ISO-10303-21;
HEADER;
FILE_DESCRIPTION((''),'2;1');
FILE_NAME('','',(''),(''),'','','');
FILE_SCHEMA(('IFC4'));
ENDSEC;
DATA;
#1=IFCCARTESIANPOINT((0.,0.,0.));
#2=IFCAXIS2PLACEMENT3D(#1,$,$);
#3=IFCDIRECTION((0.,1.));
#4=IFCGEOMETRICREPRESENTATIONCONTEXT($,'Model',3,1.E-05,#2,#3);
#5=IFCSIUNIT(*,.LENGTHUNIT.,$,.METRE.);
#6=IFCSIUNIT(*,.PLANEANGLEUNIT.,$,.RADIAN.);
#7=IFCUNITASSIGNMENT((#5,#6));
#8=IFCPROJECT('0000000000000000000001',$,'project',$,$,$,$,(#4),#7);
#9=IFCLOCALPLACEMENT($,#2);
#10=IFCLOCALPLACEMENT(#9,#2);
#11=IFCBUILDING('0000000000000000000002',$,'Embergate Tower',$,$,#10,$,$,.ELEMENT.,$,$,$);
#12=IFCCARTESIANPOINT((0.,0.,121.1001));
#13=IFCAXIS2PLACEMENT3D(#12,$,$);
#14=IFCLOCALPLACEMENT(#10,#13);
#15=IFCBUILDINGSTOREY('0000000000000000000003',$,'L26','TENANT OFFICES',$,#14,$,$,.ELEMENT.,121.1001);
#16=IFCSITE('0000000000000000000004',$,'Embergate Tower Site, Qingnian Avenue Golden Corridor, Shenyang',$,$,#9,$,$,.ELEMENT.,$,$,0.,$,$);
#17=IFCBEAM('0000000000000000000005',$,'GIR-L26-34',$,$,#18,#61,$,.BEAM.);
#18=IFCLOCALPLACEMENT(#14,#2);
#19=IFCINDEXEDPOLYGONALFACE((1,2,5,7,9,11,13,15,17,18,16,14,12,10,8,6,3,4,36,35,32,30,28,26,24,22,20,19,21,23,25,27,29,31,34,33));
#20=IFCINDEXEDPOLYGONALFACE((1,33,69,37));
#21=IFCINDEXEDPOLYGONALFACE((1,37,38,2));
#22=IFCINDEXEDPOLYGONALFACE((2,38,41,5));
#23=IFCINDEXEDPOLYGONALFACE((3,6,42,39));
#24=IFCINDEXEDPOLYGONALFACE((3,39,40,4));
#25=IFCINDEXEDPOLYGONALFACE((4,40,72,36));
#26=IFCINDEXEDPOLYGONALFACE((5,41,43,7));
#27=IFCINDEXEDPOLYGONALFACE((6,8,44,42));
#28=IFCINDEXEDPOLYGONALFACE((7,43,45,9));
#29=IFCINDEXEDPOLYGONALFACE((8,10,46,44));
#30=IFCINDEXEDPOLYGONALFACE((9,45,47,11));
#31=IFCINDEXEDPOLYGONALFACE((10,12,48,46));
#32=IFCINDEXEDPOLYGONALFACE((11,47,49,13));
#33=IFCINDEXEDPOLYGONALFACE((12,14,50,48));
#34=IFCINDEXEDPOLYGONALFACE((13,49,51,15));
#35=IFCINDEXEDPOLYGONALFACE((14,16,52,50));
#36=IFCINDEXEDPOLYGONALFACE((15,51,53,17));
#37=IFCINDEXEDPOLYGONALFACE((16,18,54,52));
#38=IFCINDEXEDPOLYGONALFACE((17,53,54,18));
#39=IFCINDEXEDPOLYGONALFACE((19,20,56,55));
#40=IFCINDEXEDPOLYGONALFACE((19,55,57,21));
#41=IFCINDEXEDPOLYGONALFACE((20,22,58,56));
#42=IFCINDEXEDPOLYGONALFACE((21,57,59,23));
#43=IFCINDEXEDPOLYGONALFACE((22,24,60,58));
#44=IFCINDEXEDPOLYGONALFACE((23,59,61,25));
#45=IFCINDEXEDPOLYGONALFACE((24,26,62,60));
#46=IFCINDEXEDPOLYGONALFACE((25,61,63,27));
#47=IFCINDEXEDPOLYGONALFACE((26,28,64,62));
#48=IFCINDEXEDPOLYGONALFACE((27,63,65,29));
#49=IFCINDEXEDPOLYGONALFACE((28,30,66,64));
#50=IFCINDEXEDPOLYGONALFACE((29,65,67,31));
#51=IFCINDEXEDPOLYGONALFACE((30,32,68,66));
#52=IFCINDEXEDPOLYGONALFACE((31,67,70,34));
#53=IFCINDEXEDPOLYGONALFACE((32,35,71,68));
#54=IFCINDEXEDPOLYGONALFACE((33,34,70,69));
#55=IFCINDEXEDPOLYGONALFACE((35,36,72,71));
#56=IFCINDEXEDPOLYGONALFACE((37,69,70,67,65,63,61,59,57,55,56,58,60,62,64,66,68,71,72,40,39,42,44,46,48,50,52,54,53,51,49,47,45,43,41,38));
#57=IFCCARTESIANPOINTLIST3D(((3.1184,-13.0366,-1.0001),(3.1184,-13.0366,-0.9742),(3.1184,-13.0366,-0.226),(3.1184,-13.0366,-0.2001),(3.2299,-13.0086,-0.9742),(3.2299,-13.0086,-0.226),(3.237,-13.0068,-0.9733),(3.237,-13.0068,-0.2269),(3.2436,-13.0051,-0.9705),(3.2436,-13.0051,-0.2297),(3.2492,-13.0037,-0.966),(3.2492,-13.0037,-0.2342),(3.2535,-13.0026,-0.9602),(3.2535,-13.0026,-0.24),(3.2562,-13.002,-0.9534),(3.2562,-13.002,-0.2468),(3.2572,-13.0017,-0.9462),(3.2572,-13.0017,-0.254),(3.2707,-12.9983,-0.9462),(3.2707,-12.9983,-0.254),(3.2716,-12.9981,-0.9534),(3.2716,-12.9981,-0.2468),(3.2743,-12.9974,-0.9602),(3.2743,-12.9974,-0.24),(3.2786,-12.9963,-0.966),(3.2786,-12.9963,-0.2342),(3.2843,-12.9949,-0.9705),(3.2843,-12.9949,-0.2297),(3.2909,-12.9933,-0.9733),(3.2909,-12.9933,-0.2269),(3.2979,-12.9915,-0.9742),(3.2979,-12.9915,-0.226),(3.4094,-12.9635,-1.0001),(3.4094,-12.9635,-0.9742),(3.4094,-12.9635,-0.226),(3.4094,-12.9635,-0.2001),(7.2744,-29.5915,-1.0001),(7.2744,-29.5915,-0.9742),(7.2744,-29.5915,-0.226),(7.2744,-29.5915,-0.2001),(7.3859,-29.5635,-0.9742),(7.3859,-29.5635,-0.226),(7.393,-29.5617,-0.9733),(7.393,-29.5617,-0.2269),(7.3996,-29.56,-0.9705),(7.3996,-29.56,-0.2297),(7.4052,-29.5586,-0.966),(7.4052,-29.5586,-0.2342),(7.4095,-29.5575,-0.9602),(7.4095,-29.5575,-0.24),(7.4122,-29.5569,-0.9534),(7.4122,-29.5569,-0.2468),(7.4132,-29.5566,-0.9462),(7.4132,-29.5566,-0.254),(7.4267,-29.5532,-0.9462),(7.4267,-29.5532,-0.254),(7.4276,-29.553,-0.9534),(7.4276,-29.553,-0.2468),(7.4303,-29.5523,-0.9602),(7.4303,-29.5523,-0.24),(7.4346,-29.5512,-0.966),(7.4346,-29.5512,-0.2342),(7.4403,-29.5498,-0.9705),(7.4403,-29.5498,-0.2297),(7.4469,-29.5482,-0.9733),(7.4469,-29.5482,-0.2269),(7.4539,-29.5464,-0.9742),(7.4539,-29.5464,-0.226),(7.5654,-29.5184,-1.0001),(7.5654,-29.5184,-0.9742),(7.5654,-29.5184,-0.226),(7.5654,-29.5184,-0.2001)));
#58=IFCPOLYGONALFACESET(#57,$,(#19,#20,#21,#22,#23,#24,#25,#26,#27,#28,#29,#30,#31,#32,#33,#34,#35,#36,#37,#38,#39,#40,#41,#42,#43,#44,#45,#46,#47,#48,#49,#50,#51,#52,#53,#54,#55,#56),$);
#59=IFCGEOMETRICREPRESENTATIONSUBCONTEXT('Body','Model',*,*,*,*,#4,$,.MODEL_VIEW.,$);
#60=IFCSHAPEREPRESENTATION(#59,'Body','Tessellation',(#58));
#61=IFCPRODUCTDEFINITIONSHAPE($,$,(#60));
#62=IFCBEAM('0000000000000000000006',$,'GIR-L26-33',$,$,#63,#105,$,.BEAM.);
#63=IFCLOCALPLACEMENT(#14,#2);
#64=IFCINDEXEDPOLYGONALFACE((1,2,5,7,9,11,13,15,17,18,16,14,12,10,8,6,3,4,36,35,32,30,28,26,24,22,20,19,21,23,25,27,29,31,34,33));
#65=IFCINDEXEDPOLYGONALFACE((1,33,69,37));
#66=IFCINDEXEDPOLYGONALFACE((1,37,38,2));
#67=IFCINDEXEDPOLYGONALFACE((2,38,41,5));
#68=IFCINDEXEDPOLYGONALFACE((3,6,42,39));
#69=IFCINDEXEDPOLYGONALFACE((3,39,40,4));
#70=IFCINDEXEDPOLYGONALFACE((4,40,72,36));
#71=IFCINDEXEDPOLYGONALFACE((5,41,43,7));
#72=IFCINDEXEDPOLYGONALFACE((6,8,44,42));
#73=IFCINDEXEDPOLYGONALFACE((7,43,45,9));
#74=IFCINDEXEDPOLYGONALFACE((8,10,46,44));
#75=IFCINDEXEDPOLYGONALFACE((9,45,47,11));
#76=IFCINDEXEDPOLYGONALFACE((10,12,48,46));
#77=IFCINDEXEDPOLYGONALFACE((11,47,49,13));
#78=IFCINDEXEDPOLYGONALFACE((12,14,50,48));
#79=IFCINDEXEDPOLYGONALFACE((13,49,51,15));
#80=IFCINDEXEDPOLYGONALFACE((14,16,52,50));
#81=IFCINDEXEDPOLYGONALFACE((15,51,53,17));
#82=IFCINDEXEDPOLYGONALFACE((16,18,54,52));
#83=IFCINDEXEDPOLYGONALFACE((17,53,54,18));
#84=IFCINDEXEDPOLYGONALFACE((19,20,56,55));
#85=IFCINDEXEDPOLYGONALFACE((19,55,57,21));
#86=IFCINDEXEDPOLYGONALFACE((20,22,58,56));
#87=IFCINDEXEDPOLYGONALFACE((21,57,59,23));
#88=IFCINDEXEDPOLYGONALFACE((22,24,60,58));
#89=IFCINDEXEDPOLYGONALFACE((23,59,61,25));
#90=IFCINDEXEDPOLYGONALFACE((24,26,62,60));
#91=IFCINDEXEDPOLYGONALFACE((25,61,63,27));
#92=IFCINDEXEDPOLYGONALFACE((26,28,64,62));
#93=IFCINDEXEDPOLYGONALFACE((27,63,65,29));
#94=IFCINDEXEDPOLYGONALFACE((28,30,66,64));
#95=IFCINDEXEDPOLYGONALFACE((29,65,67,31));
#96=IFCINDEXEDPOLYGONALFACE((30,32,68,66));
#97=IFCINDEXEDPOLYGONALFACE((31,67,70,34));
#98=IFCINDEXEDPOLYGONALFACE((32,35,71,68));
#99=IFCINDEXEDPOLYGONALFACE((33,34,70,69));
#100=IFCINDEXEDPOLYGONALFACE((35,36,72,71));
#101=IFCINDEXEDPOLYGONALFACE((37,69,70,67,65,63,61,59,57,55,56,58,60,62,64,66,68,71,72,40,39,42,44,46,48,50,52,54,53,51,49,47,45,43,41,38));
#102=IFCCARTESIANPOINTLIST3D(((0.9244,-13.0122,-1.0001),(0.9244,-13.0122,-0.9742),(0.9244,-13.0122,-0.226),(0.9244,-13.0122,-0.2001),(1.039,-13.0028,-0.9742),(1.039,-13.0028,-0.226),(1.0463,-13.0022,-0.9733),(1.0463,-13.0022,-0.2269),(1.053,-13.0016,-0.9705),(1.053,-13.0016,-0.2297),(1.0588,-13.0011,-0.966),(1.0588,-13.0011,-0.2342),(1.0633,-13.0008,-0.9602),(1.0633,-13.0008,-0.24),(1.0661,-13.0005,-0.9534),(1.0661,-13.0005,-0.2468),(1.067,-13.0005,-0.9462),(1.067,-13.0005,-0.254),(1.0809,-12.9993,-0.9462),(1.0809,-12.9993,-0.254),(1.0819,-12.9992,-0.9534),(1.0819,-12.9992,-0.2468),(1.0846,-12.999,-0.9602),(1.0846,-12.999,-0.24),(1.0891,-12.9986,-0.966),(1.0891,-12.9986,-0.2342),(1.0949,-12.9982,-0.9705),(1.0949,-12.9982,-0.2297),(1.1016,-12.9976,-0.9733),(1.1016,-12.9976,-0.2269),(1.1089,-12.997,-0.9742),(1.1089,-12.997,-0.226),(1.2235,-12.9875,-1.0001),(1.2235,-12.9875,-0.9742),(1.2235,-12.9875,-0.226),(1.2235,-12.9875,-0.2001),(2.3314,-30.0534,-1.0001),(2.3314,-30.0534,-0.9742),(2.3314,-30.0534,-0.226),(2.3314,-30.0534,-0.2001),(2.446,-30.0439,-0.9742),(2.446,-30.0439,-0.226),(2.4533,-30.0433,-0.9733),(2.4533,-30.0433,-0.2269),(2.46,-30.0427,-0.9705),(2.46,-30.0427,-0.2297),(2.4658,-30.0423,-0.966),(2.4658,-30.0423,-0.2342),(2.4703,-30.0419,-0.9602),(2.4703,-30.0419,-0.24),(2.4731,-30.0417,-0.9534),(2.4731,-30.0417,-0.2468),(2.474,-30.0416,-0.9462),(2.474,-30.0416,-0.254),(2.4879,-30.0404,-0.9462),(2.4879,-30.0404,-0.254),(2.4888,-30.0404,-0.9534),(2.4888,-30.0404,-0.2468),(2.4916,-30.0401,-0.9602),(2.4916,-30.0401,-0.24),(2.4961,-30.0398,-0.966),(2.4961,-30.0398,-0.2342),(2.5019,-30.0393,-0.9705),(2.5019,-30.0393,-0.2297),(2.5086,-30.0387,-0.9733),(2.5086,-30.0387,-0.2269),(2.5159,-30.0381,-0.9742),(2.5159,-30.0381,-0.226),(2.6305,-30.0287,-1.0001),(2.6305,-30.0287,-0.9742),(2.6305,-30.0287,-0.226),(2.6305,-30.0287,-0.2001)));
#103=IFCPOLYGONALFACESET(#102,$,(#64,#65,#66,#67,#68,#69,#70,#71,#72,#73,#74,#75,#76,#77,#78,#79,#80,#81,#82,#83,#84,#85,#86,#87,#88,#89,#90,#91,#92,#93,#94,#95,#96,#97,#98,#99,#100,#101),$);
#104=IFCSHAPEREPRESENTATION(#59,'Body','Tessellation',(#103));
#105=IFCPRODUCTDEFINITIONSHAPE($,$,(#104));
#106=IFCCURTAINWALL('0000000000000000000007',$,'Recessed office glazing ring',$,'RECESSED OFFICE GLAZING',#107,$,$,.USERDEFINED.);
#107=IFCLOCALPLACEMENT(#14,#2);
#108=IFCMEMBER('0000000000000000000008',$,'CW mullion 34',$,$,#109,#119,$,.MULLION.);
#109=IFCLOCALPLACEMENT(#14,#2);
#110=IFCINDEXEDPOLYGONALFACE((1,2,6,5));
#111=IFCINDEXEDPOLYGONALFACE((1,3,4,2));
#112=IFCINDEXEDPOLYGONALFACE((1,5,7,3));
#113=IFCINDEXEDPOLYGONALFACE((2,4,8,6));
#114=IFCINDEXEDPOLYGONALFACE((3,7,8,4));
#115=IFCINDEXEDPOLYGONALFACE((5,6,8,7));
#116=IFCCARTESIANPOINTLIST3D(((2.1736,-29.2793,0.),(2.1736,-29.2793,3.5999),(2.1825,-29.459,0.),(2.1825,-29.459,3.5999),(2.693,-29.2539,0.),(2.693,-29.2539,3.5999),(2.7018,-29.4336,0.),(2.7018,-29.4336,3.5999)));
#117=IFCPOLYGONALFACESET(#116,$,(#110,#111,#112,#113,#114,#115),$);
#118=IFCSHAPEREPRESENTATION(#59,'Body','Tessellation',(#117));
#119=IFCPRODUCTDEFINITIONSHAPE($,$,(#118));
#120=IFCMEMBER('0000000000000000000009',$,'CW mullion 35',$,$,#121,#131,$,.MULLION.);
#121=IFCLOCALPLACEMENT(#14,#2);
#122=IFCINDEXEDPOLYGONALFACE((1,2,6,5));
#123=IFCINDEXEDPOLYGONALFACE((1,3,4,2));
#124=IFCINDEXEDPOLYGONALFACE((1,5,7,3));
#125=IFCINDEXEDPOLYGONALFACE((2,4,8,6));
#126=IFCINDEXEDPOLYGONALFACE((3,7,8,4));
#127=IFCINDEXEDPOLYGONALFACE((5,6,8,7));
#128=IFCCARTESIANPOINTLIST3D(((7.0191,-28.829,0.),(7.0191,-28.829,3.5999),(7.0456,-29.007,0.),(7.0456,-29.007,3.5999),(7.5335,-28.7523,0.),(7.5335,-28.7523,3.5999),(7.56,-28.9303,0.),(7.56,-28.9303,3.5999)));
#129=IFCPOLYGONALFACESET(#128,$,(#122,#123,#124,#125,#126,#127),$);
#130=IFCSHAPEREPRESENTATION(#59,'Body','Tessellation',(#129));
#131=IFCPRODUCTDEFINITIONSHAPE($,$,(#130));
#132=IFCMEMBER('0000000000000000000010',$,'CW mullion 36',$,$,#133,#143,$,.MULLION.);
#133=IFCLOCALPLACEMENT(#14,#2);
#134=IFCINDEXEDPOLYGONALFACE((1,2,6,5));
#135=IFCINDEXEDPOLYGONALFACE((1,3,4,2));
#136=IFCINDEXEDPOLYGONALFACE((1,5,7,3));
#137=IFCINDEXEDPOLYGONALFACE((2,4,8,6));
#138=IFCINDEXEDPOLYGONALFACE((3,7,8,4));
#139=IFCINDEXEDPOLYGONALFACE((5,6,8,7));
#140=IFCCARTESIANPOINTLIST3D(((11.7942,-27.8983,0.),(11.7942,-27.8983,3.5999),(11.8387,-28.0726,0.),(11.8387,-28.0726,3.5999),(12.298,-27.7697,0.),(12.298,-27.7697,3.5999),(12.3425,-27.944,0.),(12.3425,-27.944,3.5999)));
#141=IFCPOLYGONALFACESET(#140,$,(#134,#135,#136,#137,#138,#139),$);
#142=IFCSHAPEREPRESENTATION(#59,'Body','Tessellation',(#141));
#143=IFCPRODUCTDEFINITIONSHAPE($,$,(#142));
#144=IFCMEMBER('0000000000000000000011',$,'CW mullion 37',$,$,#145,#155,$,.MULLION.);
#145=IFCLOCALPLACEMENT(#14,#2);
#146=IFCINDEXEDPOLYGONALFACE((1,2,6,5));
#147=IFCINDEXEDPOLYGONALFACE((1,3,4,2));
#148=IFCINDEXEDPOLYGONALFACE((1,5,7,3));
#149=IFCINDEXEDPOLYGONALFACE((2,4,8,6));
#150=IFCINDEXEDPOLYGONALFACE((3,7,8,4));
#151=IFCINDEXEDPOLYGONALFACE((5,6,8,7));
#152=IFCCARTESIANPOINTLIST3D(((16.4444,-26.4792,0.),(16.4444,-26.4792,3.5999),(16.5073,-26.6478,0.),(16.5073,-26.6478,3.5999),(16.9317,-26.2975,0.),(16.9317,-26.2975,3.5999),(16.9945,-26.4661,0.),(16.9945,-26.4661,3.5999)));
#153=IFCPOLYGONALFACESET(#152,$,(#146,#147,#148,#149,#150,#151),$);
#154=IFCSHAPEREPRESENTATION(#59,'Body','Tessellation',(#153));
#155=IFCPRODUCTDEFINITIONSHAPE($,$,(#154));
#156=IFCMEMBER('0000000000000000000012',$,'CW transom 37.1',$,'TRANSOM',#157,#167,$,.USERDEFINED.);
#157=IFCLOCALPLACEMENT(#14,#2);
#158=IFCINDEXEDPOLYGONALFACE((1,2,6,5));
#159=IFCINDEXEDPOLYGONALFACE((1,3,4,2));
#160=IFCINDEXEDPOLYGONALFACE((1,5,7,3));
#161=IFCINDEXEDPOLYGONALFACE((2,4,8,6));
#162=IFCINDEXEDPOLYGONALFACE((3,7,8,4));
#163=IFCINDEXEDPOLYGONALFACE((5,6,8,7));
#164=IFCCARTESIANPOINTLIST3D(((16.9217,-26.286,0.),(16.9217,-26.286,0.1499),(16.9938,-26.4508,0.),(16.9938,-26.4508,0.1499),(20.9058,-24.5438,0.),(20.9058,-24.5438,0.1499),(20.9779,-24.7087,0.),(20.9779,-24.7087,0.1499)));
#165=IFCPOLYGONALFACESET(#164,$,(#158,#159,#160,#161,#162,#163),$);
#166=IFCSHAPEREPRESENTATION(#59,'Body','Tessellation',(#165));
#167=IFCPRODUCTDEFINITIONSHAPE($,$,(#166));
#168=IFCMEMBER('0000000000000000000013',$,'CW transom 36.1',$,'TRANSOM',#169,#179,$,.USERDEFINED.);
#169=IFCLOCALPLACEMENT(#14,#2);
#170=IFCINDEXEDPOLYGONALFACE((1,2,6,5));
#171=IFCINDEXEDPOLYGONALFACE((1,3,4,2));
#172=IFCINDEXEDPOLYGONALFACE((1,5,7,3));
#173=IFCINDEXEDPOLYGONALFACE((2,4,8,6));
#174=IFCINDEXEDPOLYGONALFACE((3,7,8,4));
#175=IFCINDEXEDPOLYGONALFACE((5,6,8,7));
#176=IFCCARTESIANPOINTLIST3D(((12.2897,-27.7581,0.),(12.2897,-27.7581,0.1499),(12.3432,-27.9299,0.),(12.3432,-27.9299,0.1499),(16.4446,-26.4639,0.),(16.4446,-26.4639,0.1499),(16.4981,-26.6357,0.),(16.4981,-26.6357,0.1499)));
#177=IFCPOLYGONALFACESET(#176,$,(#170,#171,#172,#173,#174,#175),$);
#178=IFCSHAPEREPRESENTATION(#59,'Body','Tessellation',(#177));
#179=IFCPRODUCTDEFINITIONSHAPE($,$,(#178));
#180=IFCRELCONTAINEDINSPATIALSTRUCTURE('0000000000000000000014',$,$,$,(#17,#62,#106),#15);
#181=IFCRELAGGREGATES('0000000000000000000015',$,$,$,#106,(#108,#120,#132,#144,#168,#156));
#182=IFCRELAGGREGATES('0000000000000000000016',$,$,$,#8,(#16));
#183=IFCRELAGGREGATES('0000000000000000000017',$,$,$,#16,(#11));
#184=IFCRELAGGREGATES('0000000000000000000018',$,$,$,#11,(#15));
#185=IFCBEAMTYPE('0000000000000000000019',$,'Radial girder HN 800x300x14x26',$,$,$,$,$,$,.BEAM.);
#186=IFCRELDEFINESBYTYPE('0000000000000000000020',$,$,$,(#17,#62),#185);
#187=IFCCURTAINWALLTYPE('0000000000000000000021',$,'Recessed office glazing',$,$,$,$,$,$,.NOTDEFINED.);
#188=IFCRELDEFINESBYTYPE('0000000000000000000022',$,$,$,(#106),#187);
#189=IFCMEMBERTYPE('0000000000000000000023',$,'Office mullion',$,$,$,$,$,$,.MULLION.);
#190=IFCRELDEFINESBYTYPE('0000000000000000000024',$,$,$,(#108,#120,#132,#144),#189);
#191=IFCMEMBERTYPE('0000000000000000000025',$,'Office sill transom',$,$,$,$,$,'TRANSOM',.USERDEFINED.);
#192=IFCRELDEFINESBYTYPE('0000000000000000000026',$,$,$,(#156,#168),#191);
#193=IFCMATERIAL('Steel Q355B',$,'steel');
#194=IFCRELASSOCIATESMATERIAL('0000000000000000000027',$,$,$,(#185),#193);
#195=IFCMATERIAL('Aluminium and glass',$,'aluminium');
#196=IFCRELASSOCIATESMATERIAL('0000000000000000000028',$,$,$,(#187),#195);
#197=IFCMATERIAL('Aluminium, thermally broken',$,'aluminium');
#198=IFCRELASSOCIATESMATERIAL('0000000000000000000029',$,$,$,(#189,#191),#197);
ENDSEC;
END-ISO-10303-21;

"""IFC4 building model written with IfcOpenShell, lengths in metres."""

from ifc_helpers import new_model, si_unit, direction, frame, origin, origin_2d, place, context, subcontext, project, spatial, rectangle, i_section, extrude, source, transform, mapped, material, material_profile, profile_set, type_object, element, aggregate, save


model = new_model("IFC4")

# Units and contexts
model_context = context("Model", 3, precision=1e-05, world=origin(), true_north=direction((0.0, 1.0)))
body_context = subcontext(model_context, "Body", "Model", "MODEL_VIEW")
ifc_project = project(units=[si_unit("LENGTHUNIT", "METRE"), si_unit("PLANEANGLEUNIT", "RADIAN")], contexts=[model_context])

# Site, building, storey
site_placement = place(None, origin())
site = spatial("IfcSite", under=ifc_project, at=site_placement, Name="Embergate Tower Site, Qingnian Avenue Golden Corridor, Shenyang", CompositionType="ELEMENT", RefElevation=0.0)
building_placement = place(site_placement, origin())
building = spatial("IfcBuilding", under=site, at=building_placement, Name="Embergate Tower", CompositionType="ELEMENT")
storey_placement = place(building_placement, frame((0.0, 0.0, 121.1001)))
storey = spatial("IfcBuildingStorey", under=building, at=storey_placement, Name="L26", Description="TENANT OFFICES", CompositionType="ELEMENT", Elevation=121.1001)

# Beams
ifc_material_1 = material(Name="Steel Q355B", Category="steel")
ifc_material_profile_1 = material_profile(ifc_material_1, i_section(OverallWidth=0.3, OverallDepth=0.8, WebThickness=0.0139, FlangeThickness=0.0259, FilletRadius=0.0281, at=origin_2d()), Name="HN 800x300x14x26")
ifc_profile_set_1 = profile_set([ifc_material_profile_1], Name="Steel Q355 grade B")
beam_type_1 = type_object("IfcBeamType", Name="Radial girder HN 800x300x14x26", PredefinedType="BEAM", material=ifc_profile_set_1)
shared_shape_1 = source(origin(), body_context, "Body", "SweptSolid", [
    extrude(i_section(OverallWidth=0.3, OverallDepth=0.8, WebThickness=0.0139, FlangeThickness=0.0259, FilletRadius=0.0281, at=origin_2d()), origin(), (0.0, 0.0, 1.0), 17.0686),
])
beam_1_placement = place(storey_placement, frame((7.4199, -29.5549, -0.6001), z_axis=(-0.243488, 0.969904, 0.0), x_axis=(-0.969904, -0.243488, 0.0)))
element("IfcBeam", 1, at=beam_1_placement, inside=storey, type_object=beam_type_1, Name="GIR-L26-34", PredefinedType="BEAM", context=body_context, shape_type="MappedRepresentation", body=[
    mapped(shared_shape_1, transform((0.0, 0.0, 0.0))),
])
shared_shape_2 = source(origin(), body_context, "Body", "SweptSolid", [
    extrude(i_section(OverallWidth=0.3, OverallDepth=0.8, WebThickness=0.0139, FlangeThickness=0.0259, FilletRadius=0.0281, at=origin_2d()), origin(), (0.0, 0.0, 1.0), 17.0991),
])
beam_2_placement = place(storey_placement, frame((2.481, -30.041, -0.6001), z_axis=(-0.082284, 0.996609, 0.0), x_axis=(-0.996609, -0.082284, 0.0)))
element("IfcBeam", 2, at=beam_2_placement, inside=storey, type_object=beam_type_1, Name="GIR-L26-33", PredefinedType="BEAM", context=body_context, shape_type="MappedRepresentation", body=[
    mapped(shared_shape_2, transform((0.0, 0.0, 0.0))),
])

# Curtain wall, members
ifc_material_2 = material(Name="Aluminium and glass", Category="aluminium")
curtain_wall_type = type_object("IfcCurtainWallType", Name="Recessed office glazing", PredefinedType="NOTDEFINED", material=ifc_material_2)
curtain_wall_placement = place(storey_placement, origin())
curtain_wall = element("IfcCurtainWall", 3, at=curtain_wall_placement, inside=storey, type_object=curtain_wall_type, Name="Recessed office glazing ring", ObjectType="RECESSED OFFICE GLAZING", PredefinedType="USERDEFINED")
ifc_material_3 = material(Name="Aluminium, thermally broken", Category="aluminium")
ifc_material_profile_2 = material_profile(ifc_material_3, rectangle(XDim=0.1799, YDim=0.52, at=origin_2d()), Name="AL 520x180")
ifc_profile_set_2 = profile_set([ifc_material_profile_2], Name="Aluminium, thermally broken")
member_type_1 = type_object("IfcMemberType", Name="Office mullion", PredefinedType="MULLION", material=ifc_profile_set_2)
shared_shape_3 = source(origin(), body_context, "Body", "SweptSolid", [
    extrude(rectangle(XDim=0.1799, YDim=0.52, at=origin_2d()), origin(), (0.0, 0.0, 1.0), 3.5999),
])
member_1_placement = place(storey_placement, frame((2.4377, -29.3564, 0.0), z_axis=(0.0, 0.0, 1.0), x_axis=(-0.048972, 0.9988, 0.0)))
member_1 = element("IfcMember", 4, at=member_1_placement, type_object=member_type_1, Name="CW mullion 34", PredefinedType="MULLION", context=body_context, shape_type="MappedRepresentation", body=[
    mapped(shared_shape_3, transform((0.0, 0.0, 0.0))),
])
member_2_placement = place(storey_placement, frame((7.2896, -28.8796, 0.0), z_axis=(0.0, 0.0, 1.0), x_axis=(-0.147412, 0.989075, 0.0)))
member_2 = element("IfcMember", 5, at=member_2_placement, type_object=member_type_1, Name="CW mullion 35", PredefinedType="MULLION", context=body_context, shape_type="MappedRepresentation", body=[
    mapped(shared_shape_3, transform((0.0, 0.0, 0.0))),
])
member_3_placement = place(storey_placement, frame((12.0684, -27.9211, 0.0), z_axis=(0.0, 0.0, 1.0), x_axis=(-0.247312, 0.968936, 0.0)))
member_3 = element("IfcMember", 6, at=member_3_placement, type_object=member_type_1, Name="CW mullion 36", PredefinedType="MULLION", context=body_context, shape_type="MappedRepresentation", body=[
    mapped(shared_shape_3, transform((0.0, 0.0, 0.0))),
])
member_4_placement = place(storey_placement, frame((16.7195, -26.4727, 0.0), z_axis=(0.0, 0.0, 1.0), x_axis=(-0.349503, 0.936935, 0.0)))
member_4 = element("IfcMember", 7, at=member_4_placement, type_object=member_type_1, Name="CW mullion 37", PredefinedType="MULLION", context=body_context, shape_type="MappedRepresentation", body=[
    mapped(shared_shape_3, transform((0.0, 0.0, 0.0))),
])
ifc_material_profile_3 = material_profile(ifc_material_3, rectangle(XDim=0.1799, YDim=0.1499, at=origin_2d()), Name="AL 150x180")
ifc_profile_set_3 = profile_set([ifc_material_profile_3], Name="Aluminium, thermally broken")
member_type_2 = type_object("IfcMemberType", Name="Office sill transom", ElementType="TRANSOM", PredefinedType="USERDEFINED", material=ifc_profile_set_3)
shared_shape_4 = source(origin(), body_context, "Body", "SweptSolid", [
    extrude(rectangle(XDim=0.1799, YDim=0.1499, at=origin_2d()), origin(), (0.0, 0.0, 1.0), 4.3484),
])
member_5_placement = place(storey_placement, frame((16.9578, -26.3684, 0.075), z_axis=(0.916231, 0.400651, 0.0), x_axis=(-0.400651, 0.916231, 0.0)))
member_5 = element("IfcMember", 8, at=member_5_placement, type_object=member_type_2, Name="CW transom 37.1", ObjectType="TRANSOM", PredefinedType="USERDEFINED", context=body_context, shape_type="MappedRepresentation", body=[
    mapped(shared_shape_4, transform((0.0, 0.0, 0.0))),
])
shared_shape_5 = source(origin(), body_context, "Body", "SweptSolid", [
    extrude(rectangle(XDim=0.1799, YDim=0.1499, at=origin_2d()), origin(), (0.0, 0.0, 1.0), 4.3518),
])
member_6_placement = place(storey_placement, frame((12.3164, -27.844, 0.075), z_axis=(0.954758, 0.297384, 0.0), x_axis=(-0.297384, 0.954758, 0.0)))
member_6 = element("IfcMember", 9, at=member_6_placement, type_object=member_type_2, Name="CW transom 36.1", ObjectType="TRANSOM", PredefinedType="USERDEFINED", context=body_context, shape_type="MappedRepresentation", body=[
    mapped(shared_shape_5, transform((0.0, 0.0, 0.0))),
])
aggregate(curtain_wall, [member_1, member_2, member_3, member_4, member_6, member_5])

save(model, "model.ifc")
